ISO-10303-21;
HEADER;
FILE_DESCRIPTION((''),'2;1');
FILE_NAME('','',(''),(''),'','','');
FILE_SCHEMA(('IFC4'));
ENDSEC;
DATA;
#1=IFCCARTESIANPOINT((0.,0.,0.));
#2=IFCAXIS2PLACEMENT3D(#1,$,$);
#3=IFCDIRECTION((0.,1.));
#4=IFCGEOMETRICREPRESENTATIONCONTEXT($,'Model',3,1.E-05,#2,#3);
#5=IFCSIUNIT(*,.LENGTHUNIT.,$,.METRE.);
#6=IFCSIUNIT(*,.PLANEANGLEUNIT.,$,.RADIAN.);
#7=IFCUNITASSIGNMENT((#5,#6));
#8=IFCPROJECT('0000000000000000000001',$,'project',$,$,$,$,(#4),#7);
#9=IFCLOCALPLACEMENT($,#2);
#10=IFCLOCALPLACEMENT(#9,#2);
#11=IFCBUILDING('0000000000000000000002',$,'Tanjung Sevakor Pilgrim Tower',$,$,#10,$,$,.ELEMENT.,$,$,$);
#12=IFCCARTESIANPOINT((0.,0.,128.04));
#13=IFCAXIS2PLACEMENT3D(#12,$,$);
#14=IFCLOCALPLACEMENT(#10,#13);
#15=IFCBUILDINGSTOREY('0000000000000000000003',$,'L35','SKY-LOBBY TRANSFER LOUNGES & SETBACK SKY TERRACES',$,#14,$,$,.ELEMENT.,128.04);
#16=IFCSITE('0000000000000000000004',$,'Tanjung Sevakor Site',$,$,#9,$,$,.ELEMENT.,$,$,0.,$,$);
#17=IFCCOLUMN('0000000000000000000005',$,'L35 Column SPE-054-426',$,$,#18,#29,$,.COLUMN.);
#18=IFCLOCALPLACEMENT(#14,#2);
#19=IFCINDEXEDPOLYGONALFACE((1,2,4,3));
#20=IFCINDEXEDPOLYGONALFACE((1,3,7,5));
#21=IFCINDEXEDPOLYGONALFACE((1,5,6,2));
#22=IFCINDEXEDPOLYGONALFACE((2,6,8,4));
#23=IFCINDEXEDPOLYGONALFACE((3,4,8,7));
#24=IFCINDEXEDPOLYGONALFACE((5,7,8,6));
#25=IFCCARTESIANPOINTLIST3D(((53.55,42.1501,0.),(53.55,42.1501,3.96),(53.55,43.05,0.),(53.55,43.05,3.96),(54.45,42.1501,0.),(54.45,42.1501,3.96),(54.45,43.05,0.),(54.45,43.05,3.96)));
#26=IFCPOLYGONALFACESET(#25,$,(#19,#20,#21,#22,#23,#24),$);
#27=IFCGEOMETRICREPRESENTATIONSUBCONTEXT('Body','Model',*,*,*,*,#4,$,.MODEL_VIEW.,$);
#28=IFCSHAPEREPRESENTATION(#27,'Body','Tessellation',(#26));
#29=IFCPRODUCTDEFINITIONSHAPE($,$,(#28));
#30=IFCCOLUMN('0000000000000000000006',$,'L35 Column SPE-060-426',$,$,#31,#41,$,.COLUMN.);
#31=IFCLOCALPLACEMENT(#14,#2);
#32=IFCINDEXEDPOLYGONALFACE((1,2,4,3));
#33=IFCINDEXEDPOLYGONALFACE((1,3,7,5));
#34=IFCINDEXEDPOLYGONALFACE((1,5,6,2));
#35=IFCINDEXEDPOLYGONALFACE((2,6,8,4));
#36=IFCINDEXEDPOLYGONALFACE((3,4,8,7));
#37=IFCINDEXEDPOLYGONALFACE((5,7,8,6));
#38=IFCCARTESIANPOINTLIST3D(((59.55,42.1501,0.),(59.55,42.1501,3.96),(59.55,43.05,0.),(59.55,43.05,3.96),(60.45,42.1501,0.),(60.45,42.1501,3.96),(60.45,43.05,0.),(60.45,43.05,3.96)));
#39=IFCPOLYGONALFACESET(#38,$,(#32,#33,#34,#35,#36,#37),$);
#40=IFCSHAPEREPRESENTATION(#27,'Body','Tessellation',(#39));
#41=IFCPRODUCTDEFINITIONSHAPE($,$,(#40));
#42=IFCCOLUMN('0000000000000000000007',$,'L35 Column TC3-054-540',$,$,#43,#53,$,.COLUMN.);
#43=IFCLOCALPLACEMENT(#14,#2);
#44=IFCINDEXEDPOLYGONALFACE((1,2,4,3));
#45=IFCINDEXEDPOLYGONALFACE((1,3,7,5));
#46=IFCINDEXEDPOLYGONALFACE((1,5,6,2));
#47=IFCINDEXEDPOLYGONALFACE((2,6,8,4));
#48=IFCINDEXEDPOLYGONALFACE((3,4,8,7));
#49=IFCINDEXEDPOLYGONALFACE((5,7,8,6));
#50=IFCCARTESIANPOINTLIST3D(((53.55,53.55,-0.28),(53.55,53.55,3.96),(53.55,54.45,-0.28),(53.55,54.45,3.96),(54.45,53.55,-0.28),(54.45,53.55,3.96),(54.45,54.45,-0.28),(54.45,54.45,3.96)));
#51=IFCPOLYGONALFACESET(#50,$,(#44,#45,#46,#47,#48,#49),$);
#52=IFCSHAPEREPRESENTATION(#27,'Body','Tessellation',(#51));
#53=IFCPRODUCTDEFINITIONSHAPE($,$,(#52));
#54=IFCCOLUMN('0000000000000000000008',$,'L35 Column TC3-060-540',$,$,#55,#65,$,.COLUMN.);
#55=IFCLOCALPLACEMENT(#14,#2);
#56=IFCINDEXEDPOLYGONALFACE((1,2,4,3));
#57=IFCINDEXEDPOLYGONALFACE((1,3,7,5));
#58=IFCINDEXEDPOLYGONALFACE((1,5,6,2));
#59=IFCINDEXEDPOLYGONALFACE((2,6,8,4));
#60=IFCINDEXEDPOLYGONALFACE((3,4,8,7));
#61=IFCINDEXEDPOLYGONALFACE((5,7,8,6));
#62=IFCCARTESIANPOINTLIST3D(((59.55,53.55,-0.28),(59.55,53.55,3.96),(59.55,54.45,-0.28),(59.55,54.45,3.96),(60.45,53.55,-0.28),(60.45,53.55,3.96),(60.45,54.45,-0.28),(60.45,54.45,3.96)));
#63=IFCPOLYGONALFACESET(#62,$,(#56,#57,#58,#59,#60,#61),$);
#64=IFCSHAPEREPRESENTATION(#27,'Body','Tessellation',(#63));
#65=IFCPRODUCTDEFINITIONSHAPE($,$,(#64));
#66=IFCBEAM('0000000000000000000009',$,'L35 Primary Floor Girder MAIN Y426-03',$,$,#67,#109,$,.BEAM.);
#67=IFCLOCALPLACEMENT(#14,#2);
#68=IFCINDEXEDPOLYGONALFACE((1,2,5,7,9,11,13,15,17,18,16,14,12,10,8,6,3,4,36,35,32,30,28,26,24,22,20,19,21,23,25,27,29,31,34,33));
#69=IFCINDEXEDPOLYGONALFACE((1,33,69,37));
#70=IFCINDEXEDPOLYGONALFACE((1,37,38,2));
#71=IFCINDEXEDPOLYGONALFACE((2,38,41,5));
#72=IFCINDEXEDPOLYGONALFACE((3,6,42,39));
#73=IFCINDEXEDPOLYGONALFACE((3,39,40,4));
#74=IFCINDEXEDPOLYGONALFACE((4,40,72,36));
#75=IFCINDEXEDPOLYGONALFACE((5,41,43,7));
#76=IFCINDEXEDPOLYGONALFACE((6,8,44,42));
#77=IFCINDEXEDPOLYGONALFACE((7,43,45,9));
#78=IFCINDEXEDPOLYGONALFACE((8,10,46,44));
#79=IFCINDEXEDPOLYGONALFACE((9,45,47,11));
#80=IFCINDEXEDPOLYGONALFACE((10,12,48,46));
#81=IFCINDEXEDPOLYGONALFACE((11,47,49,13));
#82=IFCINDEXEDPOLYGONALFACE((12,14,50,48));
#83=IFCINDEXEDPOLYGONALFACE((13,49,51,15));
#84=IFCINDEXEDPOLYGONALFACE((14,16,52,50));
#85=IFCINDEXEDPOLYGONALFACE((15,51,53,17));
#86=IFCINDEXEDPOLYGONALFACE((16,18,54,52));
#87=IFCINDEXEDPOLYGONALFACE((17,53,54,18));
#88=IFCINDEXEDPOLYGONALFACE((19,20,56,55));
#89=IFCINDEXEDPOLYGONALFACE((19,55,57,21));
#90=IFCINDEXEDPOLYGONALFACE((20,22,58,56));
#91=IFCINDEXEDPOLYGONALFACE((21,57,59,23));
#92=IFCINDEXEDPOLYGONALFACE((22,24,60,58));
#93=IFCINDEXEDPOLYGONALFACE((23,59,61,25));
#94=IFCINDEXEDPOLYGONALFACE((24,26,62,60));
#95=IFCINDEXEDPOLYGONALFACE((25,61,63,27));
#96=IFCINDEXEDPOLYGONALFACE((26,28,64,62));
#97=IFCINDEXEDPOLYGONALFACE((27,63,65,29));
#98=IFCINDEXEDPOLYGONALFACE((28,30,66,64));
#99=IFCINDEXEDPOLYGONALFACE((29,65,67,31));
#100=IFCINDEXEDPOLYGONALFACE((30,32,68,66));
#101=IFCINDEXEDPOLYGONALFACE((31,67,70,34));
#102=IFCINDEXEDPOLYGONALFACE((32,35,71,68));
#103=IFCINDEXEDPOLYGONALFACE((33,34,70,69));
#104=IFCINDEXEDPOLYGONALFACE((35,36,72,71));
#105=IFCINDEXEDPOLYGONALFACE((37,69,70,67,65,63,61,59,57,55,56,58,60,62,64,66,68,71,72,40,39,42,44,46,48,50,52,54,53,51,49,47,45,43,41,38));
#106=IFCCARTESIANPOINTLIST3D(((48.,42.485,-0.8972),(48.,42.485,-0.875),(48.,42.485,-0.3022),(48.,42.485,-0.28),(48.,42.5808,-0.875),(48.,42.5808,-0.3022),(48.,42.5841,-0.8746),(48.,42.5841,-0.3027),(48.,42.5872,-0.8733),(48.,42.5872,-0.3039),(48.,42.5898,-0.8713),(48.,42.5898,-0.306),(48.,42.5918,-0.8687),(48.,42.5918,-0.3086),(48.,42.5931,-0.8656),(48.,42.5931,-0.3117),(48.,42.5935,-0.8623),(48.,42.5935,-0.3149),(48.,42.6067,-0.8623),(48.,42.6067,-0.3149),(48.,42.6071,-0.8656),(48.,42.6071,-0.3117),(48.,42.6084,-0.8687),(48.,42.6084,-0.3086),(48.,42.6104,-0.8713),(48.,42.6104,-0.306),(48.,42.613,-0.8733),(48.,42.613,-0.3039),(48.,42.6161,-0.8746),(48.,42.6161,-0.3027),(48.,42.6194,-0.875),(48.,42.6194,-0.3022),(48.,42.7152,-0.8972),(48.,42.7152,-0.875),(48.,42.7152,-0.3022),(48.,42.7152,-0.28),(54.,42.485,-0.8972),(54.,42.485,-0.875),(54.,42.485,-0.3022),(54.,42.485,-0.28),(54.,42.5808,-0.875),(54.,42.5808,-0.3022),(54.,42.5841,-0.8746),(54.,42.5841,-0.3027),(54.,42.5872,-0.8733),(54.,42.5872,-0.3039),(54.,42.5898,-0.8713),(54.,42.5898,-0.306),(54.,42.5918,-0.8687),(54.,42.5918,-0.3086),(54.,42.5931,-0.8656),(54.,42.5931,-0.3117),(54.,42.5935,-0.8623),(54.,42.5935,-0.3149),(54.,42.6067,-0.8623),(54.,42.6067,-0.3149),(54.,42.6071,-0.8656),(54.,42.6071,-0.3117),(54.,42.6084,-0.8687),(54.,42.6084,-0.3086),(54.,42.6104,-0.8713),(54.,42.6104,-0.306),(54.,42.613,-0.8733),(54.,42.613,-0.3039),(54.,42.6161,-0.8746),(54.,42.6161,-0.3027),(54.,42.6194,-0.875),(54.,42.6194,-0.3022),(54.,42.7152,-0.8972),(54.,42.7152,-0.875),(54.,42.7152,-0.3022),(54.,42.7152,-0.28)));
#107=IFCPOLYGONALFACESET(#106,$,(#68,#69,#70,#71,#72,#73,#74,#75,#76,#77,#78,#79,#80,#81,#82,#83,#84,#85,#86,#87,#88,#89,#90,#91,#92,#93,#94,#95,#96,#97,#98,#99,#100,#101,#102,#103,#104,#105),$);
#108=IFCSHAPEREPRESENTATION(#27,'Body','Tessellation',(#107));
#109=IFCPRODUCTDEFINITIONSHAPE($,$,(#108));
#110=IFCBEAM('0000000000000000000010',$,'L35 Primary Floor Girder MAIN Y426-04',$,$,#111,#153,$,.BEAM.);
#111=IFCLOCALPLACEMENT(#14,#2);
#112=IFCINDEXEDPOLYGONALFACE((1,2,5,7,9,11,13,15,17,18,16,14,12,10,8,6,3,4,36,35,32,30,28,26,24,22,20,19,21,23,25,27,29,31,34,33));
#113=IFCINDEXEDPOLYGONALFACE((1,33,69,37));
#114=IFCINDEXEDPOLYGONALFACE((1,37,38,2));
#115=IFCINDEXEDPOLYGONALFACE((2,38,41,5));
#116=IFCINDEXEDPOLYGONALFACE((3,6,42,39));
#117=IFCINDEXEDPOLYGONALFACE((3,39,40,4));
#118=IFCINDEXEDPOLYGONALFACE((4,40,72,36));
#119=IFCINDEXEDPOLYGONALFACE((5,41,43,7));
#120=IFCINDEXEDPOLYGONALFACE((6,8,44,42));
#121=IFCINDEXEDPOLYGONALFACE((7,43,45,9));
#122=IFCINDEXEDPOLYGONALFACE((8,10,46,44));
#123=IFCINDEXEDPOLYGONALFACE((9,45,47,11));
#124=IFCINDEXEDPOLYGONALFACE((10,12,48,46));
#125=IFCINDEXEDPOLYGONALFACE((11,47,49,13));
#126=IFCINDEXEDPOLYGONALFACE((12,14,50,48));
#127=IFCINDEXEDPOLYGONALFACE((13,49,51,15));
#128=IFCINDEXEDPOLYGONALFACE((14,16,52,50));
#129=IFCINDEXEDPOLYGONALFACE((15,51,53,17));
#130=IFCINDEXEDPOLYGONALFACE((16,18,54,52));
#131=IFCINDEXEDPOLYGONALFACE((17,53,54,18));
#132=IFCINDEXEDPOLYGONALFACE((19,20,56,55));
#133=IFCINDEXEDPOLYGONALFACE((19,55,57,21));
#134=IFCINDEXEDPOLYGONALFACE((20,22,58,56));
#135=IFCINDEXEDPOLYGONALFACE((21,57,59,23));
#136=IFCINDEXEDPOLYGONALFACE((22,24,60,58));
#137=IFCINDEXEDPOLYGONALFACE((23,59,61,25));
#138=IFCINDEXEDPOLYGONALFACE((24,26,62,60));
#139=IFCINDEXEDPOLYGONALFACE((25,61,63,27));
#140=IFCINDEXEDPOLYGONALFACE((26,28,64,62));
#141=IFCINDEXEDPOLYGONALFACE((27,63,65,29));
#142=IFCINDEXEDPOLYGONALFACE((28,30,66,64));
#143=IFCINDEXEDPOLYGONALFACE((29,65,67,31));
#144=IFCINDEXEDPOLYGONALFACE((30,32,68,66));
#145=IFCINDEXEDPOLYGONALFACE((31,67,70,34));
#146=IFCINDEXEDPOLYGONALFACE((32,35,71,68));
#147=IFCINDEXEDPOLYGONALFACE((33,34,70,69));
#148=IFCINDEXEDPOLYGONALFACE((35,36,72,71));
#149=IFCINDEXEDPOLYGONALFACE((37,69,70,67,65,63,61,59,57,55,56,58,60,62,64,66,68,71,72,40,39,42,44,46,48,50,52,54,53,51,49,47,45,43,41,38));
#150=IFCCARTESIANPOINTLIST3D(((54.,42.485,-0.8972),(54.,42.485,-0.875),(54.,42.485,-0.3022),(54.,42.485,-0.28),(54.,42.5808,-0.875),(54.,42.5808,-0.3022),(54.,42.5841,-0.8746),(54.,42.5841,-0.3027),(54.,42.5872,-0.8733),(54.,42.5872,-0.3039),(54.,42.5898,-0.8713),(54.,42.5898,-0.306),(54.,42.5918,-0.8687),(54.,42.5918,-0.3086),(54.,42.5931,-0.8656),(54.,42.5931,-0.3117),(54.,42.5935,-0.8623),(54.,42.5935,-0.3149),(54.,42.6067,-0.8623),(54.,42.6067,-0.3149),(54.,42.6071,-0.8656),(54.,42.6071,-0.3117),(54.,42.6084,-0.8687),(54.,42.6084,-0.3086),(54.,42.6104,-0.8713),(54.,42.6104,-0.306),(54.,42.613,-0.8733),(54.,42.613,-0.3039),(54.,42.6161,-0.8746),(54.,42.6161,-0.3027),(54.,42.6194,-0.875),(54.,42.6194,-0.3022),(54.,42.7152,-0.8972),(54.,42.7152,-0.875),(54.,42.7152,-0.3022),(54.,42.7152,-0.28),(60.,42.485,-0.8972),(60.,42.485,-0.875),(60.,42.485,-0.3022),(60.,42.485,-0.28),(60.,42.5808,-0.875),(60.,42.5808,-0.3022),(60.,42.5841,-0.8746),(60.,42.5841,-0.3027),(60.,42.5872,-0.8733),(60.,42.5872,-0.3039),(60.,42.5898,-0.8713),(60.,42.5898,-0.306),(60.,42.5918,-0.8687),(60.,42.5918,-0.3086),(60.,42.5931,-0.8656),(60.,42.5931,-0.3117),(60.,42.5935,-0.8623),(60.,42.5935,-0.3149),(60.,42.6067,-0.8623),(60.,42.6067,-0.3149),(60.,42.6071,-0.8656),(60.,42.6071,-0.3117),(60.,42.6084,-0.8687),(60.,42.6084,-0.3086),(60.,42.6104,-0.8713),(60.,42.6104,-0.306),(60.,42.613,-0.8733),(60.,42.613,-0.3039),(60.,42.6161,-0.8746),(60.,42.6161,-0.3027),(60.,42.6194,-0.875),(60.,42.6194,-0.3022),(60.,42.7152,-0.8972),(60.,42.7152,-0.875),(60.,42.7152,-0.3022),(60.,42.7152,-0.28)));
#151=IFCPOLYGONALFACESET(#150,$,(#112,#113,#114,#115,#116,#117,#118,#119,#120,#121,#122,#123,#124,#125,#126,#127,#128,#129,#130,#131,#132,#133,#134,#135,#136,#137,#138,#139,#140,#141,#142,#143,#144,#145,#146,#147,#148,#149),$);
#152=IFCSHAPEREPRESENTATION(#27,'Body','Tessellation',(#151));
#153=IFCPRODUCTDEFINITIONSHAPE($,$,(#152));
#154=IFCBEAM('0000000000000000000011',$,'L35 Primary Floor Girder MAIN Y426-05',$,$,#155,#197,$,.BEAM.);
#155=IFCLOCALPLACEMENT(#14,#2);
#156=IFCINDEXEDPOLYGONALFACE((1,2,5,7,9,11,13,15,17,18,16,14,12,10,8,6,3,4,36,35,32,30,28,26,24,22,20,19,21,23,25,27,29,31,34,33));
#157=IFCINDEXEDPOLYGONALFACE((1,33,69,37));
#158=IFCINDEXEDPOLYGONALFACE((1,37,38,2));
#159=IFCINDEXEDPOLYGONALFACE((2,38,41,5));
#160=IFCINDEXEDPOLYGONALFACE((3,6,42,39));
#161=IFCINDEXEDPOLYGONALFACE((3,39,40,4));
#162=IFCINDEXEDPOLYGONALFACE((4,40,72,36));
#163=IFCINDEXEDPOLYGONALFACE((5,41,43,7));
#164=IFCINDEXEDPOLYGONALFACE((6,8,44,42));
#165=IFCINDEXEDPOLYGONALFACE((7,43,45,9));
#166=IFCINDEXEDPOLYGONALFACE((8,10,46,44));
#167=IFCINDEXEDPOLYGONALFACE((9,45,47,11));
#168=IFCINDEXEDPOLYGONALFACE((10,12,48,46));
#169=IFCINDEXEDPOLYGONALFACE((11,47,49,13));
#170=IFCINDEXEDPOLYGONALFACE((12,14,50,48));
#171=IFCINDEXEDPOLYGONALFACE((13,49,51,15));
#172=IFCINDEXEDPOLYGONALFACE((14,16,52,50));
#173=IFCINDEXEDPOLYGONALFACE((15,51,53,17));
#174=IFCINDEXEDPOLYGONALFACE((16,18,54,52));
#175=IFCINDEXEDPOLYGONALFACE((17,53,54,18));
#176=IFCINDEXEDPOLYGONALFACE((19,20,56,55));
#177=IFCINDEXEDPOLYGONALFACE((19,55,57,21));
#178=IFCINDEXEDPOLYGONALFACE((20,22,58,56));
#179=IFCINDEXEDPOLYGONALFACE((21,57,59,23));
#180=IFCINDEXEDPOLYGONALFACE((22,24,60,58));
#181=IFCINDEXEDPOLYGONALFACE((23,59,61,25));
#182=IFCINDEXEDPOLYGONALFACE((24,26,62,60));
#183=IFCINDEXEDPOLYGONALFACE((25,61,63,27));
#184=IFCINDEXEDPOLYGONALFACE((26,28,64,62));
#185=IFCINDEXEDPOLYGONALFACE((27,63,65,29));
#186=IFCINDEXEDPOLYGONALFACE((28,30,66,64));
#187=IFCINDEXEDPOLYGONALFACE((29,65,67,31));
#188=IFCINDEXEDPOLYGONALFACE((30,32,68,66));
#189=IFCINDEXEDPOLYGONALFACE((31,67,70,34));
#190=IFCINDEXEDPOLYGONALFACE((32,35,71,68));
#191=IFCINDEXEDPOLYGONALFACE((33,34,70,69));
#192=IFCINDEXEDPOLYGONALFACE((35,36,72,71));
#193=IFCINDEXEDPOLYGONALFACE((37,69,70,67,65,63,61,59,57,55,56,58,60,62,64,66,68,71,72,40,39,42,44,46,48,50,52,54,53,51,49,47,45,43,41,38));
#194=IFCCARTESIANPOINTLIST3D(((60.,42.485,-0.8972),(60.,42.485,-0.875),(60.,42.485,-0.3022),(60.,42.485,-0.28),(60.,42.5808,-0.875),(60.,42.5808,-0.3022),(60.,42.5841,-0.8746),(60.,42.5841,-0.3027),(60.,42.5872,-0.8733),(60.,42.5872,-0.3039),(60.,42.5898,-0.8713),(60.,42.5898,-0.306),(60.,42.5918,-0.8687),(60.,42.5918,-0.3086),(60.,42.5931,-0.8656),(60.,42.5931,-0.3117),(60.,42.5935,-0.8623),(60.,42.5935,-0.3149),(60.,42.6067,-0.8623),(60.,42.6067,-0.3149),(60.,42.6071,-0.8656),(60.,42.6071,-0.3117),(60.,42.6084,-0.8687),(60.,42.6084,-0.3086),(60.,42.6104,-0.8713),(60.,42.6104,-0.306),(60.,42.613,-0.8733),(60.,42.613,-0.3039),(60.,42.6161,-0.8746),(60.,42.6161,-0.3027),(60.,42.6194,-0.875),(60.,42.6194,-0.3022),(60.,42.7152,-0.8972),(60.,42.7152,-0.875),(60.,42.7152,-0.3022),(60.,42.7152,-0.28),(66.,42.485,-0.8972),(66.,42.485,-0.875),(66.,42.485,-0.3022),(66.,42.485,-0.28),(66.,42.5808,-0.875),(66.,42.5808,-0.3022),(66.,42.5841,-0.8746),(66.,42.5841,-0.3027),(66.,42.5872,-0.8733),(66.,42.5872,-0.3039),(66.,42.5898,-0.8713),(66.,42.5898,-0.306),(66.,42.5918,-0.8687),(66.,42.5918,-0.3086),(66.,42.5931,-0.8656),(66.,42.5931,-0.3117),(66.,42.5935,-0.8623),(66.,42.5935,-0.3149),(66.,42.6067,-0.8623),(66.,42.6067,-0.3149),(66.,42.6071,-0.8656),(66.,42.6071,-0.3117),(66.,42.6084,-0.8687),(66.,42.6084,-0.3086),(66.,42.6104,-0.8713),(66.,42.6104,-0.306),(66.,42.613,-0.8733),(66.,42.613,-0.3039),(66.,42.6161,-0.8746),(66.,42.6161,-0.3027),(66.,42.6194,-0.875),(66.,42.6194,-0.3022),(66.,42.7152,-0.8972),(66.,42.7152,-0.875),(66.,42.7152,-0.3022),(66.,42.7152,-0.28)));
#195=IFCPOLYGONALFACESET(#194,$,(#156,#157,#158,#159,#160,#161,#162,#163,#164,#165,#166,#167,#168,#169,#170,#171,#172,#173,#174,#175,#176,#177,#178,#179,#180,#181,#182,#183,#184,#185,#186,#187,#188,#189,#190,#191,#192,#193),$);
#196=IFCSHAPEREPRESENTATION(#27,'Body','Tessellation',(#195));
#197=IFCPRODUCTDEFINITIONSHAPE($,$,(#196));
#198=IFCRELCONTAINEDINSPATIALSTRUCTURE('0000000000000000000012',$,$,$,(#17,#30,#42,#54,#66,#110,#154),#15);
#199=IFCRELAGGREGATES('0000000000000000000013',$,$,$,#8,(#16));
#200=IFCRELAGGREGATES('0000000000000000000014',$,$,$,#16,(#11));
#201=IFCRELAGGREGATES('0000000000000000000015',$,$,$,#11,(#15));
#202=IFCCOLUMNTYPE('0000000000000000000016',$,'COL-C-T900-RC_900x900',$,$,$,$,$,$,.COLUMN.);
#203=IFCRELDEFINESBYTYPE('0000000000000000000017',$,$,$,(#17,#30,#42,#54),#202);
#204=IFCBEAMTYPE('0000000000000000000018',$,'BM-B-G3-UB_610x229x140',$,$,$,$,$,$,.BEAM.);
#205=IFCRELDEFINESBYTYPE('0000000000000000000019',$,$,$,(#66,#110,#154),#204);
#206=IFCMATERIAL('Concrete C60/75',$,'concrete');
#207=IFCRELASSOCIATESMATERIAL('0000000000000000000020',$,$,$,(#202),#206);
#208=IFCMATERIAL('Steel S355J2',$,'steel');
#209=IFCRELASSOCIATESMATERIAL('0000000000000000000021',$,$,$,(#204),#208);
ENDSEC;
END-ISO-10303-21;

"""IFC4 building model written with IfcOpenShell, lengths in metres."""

from ifc_helpers import new_model, si_unit, direction, frame, origin, origin_2d, place, context, subcontext, project, spatial, rectangle, i_section, extrude, material, material_profile, profile_set, type_object, element, save


model = new_model("IFC4")

# Units and contexts
model_context = context("Model", 3, precision=1e-05, world=origin(), true_north=direction((0.0, 1.0)))
body_context = subcontext(model_context, "Body", "Model", "MODEL_VIEW")
ifc_project = project(units=[si_unit("LENGTHUNIT", "METRE"), si_unit("PLANEANGLEUNIT", "RADIAN")], contexts=[model_context])

# Site, building, storey
site_placement = place(None, origin())
site = spatial("IfcSite", under=ifc_project, at=site_placement, Name="Tanjung Sevakor Site", CompositionType="ELEMENT", RefElevation=0.0)
building_placement = place(site_placement, origin())
building = spatial("IfcBuilding", under=site, at=building_placement, Name="Tanjung Sevakor Pilgrim Tower", CompositionType="ELEMENT")
storey_placement = place(building_placement, frame((0.0, 0.0, 128.04)))
storey = spatial("IfcBuildingStorey", under=building, at=storey_placement, Name="L35", Description="SKY-LOBBY TRANSFER LOUNGES & SETBACK SKY TERRACES", CompositionType="ELEMENT", Elevation=128.04)

# Columns
ifc_material_1 = material(Name="Concrete C60/75", Category="concrete")
ifc_material_profile_1 = material_profile(ifc_material_1, rectangle(XDim=0.8999, YDim=0.8999, at=origin_2d()))
ifc_profile_set_1 = profile_set([ifc_material_profile_1], Name="Concrete C60/75")
column_type = type_object("IfcColumnType", Name="COL-C-T900-RC_900x900", PredefinedType="COLUMN", material=ifc_profile_set_1)
for number, where, z_axis, x_axis, name in (
    (1, (54.0, 42.6001, 0.0), (0.0, 0.0, 1.0), (1.0, 0.0, 0.0), "L35 Column SPE-054-426"),
    (2, (60.0, 42.6001, 0.0), (0.0, 0.0, 1.0), (1.0, 0.0, 0.0), "L35 Column SPE-060-426"),
):
    element("IfcColumn", number, at=place(storey_placement, frame(where, z_axis=z_axis, x_axis=x_axis)), inside=storey, type_object=column_type, Name=name, PredefinedType="COLUMN", context=body_context, shape_type="SweptSolid", body=[
        extrude(rectangle(XDim=0.8999, YDim=0.8999, at=origin_2d()), origin(), (0.0, 0.0, 1.0), 3.96),
    ])
for number, where, z_axis, x_axis, name in (
    (3, (54.0, 54.0, -0.28), (0.0, 0.0, 1.0), (1.0, 0.0, 0.0), "L35 Column TC3-054-540"),
    (4, (60.0, 54.0, -0.28), (0.0, 0.0, 1.0), (1.0, 0.0, 0.0), "L35 Column TC3-060-540"),
):
    element("IfcColumn", number, at=place(storey_placement, frame(where, z_axis=z_axis, x_axis=x_axis)), inside=storey, type_object=column_type, Name=name, PredefinedType="COLUMN", context=body_context, shape_type="SweptSolid", body=[
        extrude(rectangle(XDim=0.8999, YDim=0.8999, at=origin_2d()), origin(), (0.0, 0.0, 1.0), 4.24),
    ])

# Beams
ifc_material_2 = material(Name="Steel S355J2", Category="steel")
ifc_material_profile_2 = material_profile(ifc_material_2, i_section(OverallWidth=0.2302, OverallDepth=0.6172, WebThickness=0.0132, FlangeThickness=0.0222, FilletRadius=0.0127, at=origin_2d()))
ifc_profile_set_2 = profile_set([ifc_material_profile_2], Name="Steel S355J2")
beam_type_1 = type_object("IfcBeamType", Name="BM-B-G3-UB_610x229x140", PredefinedType="BEAM", material=ifc_profile_set_2)
for number, where, z_axis, x_axis, name in (
    (5, (48.0, 42.6001, -0.5886), (1.0, 0.0, 0.0), (0.0, 1.0, 0.0), "L35 Primary Floor Girder MAIN Y426-03"),
    (6, (54.0, 42.6001, -0.5886), (1.0, 0.0, 0.0), (0.0, 1.0, 0.0), "L35 Primary Floor Girder MAIN Y426-04"),
    (7, (60.0, 42.6001, -0.5886), (1.0, 0.0, 0.0), (0.0, 1.0, 0.0), "L35 Primary Floor Girder MAIN Y426-05"),
):
    element("IfcBeam", number, at=place(storey_placement, frame(where, z_axis=z_axis, x_axis=x_axis)), inside=storey, type_object=beam_type_1, Name=name, PredefinedType="BEAM", context=body_context, shape_type="SweptSolid", body=[
        extrude(i_section(OverallWidth=0.2302, OverallDepth=0.6172, WebThickness=0.0132, FlangeThickness=0.0222, FilletRadius=0.0127, at=origin_2d()), origin(), (0.0, 0.0, 1.0), 6.0),
    ])

save(model, "model.ifc")
